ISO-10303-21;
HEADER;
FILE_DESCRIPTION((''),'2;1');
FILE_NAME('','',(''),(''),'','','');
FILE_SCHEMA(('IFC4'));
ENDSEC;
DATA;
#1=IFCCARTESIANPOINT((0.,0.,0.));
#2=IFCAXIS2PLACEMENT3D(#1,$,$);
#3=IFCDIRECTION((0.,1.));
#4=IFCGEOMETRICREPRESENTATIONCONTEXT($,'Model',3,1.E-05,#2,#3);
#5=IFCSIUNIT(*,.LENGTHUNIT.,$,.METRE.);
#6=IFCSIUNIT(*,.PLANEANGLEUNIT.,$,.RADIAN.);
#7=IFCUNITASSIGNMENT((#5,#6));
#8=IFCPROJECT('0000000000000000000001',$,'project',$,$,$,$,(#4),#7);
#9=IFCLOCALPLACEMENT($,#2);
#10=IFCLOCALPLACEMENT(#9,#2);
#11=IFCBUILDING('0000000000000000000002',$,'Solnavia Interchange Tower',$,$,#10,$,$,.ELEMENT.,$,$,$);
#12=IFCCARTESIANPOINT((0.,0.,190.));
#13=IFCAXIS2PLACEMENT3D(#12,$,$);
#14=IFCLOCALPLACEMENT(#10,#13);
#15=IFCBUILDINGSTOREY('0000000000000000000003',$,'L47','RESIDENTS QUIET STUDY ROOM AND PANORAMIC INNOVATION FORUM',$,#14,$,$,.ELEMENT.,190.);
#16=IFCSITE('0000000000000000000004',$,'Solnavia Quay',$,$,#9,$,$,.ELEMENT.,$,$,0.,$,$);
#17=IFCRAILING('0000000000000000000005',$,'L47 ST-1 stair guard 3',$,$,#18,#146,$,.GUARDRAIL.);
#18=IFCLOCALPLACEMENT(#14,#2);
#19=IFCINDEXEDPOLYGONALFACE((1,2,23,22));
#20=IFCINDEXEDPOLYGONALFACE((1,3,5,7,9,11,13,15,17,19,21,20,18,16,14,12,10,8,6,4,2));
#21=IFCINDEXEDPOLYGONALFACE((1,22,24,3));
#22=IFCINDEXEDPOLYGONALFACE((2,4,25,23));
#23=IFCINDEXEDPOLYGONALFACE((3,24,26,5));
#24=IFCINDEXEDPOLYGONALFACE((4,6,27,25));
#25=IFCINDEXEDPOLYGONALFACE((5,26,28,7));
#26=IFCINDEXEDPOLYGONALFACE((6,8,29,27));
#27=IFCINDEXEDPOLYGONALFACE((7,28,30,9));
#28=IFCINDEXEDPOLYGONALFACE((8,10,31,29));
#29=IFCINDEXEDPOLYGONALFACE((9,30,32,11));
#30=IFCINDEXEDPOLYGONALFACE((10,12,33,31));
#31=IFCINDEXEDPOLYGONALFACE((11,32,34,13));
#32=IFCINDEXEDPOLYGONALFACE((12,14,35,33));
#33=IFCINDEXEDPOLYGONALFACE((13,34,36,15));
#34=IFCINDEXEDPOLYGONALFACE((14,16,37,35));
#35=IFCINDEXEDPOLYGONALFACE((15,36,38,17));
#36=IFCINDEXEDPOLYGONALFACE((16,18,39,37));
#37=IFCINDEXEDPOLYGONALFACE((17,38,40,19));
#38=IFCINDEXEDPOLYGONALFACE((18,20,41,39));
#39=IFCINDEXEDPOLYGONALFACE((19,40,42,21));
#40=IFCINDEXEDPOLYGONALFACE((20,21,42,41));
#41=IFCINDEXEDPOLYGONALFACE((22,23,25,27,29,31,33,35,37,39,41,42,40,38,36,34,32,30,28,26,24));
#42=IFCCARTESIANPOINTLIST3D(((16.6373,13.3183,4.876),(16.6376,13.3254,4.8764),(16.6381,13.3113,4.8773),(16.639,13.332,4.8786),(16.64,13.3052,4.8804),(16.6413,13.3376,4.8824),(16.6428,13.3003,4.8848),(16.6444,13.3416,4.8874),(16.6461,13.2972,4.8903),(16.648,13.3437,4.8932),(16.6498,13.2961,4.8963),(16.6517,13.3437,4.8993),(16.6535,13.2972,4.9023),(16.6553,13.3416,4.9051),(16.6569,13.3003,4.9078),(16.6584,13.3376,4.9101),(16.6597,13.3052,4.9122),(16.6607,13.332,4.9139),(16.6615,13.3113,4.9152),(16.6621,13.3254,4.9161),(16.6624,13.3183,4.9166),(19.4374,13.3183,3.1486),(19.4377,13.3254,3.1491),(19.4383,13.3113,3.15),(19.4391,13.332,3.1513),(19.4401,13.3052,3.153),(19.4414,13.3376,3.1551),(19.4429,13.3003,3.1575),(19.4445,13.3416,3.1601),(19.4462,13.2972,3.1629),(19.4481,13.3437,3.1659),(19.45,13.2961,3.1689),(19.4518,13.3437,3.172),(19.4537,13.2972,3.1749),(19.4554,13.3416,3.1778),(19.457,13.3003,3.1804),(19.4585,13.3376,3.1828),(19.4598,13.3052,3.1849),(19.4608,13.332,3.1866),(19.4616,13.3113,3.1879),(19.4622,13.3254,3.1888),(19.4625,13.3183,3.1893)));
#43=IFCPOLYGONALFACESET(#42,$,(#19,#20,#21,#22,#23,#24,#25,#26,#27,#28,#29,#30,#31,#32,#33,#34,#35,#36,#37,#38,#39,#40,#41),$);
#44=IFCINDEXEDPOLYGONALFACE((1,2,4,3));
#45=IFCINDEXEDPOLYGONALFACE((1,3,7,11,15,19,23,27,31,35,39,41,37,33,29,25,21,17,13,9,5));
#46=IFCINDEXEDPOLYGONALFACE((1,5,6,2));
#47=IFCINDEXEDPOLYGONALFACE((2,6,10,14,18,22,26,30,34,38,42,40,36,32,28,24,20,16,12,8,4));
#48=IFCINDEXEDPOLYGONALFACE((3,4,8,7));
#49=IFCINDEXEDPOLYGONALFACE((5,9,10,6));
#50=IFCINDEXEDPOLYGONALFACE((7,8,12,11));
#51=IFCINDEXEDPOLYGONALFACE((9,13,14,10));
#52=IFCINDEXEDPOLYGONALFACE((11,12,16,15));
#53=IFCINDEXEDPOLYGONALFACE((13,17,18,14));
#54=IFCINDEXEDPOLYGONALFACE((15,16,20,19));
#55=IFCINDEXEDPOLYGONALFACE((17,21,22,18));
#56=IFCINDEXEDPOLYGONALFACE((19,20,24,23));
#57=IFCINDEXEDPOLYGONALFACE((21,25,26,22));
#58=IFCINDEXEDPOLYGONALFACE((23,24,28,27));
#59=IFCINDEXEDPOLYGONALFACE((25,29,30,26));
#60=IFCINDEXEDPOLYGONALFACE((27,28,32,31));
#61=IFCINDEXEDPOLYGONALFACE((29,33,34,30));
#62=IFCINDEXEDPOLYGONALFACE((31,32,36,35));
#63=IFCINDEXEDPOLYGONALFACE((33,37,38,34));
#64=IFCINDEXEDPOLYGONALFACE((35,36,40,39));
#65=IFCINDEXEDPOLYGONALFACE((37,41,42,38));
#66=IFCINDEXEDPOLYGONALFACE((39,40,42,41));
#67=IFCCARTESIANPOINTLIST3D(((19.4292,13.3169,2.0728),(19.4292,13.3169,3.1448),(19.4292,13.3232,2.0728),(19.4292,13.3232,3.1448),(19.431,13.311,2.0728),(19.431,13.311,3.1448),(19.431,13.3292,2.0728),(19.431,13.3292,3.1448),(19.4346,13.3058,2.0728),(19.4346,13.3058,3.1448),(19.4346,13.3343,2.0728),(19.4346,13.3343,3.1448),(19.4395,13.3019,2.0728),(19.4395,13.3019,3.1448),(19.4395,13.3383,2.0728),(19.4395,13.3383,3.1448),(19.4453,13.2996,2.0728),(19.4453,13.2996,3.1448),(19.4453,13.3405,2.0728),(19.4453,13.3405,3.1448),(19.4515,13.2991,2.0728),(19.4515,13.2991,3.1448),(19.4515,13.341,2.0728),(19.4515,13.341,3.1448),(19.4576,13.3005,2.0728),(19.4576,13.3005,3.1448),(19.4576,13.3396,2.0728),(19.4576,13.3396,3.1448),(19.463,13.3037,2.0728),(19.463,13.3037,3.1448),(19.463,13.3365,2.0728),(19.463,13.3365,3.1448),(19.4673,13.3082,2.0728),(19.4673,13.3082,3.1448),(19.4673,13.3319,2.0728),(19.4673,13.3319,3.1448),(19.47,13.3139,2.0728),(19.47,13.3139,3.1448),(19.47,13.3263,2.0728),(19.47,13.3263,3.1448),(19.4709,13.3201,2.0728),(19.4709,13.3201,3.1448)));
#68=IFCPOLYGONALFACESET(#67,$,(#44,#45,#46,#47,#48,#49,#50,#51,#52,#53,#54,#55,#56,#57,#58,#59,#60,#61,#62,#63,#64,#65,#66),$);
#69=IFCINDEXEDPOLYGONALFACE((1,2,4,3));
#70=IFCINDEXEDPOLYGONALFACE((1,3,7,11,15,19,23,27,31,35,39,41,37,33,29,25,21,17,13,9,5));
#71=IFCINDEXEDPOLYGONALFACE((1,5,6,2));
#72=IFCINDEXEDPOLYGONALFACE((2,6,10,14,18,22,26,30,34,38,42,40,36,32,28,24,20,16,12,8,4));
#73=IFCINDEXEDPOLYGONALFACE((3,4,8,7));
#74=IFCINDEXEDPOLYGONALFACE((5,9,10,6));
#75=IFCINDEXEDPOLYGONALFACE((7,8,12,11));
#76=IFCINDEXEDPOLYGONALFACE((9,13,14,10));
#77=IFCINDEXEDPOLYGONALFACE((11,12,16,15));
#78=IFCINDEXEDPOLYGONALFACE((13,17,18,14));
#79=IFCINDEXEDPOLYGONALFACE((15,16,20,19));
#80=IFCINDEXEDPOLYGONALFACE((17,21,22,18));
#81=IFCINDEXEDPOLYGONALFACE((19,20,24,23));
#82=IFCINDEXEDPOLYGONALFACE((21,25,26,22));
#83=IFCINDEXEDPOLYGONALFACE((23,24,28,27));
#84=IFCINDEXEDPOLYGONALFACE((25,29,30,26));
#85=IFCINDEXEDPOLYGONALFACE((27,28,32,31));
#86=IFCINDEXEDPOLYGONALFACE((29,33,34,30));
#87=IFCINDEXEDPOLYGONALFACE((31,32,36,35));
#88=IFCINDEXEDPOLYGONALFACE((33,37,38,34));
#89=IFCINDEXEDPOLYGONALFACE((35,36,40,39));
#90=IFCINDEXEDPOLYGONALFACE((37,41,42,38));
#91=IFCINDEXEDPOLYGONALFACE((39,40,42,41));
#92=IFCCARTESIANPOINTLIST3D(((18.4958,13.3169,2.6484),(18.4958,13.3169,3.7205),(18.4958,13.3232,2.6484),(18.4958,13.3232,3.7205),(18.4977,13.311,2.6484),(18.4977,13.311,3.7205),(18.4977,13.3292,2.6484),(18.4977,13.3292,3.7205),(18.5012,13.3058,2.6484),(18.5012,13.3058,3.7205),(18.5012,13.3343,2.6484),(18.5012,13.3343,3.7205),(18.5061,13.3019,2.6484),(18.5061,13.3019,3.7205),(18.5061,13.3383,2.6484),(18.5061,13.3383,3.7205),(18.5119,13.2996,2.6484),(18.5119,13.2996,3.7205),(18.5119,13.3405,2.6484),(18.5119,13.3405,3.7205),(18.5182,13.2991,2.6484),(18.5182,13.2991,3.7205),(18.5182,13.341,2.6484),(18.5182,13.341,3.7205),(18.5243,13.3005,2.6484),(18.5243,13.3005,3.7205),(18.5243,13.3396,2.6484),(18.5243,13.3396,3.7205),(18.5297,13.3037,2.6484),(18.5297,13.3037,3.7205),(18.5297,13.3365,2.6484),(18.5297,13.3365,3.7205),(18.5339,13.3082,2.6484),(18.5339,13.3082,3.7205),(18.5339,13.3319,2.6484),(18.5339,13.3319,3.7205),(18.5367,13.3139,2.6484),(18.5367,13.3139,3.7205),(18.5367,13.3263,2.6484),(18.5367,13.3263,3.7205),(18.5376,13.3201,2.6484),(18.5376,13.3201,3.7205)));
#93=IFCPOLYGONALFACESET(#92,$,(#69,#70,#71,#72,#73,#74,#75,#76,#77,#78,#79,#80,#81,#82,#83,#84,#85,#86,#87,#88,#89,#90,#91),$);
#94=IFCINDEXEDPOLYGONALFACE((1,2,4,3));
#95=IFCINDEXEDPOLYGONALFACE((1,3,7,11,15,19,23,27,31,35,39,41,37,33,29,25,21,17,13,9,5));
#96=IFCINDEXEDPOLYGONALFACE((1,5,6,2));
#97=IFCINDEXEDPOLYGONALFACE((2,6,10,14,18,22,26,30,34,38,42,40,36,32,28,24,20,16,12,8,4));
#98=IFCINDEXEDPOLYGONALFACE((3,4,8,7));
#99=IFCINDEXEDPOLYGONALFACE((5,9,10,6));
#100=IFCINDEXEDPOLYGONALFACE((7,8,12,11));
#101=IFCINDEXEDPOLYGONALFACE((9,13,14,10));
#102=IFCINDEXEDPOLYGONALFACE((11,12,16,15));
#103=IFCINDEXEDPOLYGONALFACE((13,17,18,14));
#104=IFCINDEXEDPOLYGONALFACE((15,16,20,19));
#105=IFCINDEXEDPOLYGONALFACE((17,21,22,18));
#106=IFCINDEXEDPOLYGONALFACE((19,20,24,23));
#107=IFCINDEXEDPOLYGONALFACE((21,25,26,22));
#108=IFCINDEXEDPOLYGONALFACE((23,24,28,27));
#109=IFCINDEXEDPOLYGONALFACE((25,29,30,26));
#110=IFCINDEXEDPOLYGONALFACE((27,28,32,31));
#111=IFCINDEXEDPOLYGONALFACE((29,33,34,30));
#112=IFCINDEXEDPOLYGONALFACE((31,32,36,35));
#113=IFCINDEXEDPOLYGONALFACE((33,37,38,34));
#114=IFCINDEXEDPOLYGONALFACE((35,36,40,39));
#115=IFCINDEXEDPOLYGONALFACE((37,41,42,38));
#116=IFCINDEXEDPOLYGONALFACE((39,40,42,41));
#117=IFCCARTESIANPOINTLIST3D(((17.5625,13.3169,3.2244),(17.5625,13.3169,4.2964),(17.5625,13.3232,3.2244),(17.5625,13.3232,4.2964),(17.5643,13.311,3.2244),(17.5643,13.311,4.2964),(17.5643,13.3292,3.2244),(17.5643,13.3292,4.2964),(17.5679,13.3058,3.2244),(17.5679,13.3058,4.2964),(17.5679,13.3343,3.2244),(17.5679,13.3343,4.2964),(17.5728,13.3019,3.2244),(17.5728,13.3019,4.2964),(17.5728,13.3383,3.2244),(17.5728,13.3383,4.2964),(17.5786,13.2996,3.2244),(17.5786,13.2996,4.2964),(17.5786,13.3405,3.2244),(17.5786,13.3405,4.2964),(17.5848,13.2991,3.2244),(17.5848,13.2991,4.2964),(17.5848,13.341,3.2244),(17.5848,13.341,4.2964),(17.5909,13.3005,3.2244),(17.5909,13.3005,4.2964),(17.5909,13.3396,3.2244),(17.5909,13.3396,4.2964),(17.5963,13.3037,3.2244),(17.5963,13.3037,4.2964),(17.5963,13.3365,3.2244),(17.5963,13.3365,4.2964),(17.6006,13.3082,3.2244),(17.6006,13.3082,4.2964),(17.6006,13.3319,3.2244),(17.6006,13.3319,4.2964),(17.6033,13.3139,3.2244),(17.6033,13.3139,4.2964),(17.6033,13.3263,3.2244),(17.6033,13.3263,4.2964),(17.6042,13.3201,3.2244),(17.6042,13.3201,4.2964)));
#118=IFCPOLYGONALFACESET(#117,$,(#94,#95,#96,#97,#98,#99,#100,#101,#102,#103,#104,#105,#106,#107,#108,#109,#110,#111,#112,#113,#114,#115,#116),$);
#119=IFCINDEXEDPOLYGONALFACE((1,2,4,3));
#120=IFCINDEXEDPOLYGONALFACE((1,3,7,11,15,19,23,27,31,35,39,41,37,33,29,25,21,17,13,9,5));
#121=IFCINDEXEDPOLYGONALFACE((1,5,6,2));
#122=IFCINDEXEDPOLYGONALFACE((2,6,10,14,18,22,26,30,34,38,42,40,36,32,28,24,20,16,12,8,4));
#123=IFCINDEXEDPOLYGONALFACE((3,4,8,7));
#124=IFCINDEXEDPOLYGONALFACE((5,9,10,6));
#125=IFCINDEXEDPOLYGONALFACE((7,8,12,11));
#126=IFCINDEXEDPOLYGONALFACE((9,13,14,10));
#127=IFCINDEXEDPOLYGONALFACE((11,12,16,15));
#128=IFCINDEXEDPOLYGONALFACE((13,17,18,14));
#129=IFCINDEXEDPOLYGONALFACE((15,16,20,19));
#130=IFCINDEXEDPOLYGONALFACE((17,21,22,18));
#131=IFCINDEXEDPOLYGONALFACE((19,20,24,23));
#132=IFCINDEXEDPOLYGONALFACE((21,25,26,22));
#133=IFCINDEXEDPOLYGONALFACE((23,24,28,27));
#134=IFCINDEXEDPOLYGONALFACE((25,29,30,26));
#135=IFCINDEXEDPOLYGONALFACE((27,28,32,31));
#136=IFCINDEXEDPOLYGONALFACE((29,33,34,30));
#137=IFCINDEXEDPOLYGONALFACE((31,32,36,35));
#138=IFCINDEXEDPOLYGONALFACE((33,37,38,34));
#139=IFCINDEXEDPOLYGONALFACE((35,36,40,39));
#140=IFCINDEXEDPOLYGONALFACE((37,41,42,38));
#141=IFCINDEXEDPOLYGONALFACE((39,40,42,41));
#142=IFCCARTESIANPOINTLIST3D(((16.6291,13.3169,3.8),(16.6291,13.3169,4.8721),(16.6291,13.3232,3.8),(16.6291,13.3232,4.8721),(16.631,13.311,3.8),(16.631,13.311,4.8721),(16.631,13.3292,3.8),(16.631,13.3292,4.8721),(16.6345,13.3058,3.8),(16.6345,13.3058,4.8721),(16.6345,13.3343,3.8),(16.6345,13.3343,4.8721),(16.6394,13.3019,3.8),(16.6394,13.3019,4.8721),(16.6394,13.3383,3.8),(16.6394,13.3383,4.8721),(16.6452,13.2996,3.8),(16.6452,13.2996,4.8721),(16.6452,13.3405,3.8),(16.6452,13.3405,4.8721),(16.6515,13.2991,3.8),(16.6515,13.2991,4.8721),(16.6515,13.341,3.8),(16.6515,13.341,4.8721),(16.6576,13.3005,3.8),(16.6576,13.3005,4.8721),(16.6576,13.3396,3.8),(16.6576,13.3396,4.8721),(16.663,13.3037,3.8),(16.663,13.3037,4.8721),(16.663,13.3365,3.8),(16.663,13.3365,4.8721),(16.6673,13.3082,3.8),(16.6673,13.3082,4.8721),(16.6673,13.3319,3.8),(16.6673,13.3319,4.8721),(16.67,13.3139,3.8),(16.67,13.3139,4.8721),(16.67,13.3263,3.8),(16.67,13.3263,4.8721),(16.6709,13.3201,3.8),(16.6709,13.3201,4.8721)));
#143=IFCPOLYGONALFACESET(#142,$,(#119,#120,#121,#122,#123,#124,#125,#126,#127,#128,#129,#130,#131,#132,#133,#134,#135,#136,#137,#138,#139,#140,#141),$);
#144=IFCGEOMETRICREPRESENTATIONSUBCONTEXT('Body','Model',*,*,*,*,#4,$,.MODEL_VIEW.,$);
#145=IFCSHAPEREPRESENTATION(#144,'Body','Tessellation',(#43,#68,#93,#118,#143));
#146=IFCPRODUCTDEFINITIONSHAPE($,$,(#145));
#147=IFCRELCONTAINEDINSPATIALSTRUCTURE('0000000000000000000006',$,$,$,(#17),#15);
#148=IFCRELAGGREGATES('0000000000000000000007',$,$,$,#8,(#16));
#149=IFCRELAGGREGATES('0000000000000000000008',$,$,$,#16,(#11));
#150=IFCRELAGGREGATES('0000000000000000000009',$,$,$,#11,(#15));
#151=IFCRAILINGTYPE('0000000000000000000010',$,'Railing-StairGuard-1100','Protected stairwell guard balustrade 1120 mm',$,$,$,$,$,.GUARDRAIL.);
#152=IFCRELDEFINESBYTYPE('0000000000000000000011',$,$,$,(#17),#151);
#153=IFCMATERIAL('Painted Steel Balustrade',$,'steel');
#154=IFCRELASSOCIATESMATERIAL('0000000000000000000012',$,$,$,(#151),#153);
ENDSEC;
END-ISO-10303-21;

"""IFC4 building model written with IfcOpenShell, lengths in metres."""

from ifc_helpers import new_model, si_unit, direction, frame, origin, origin_2d, place, context, subcontext, project, spatial, circle, extrude, material, type_object, element, save


model = new_model("IFC4")

# Units and contexts
model_context = context("Model", 3, precision=1e-05, world=origin(), true_north=direction((0.0, 1.0)))
body_context = subcontext(model_context, "Body", "Model", "MODEL_VIEW")
ifc_project = project(units=[si_unit("LENGTHUNIT", "METRE"), si_unit("PLANEANGLEUNIT", "RADIAN")], contexts=[model_context])

# Site, building, storey
site_placement = place(None, origin())
site = spatial("IfcSite", under=ifc_project, at=site_placement, Name="Solnavia Quay", CompositionType="ELEMENT", RefElevation=0.0)
building_placement = place(site_placement, origin())
building = spatial("IfcBuilding", under=site, at=building_placement, Name="Solnavia Interchange Tower", CompositionType="ELEMENT")
storey_placement = place(building_placement, frame((0.0, 0.0, 190.0)))
storey = spatial("IfcBuildingStorey", under=building, at=storey_placement, Name="L47", Description="RESIDENTS QUIET STUDY ROOM AND PANORAMIC INNOVATION FORUM", CompositionType="ELEMENT", Elevation=190.0)

# Railing
ifc_material_1 = material(Name="Painted Steel Balustrade", Category="steel")
railing_type_1 = type_object("IfcRailingType", Name="Railing-StairGuard-1100", Description="Protected stairwell guard balustrade 1120 mm", PredefinedType="GUARDRAIL", material=ifc_material_1)
railing_1_placement = place(storey_placement, frame((19.45, 13.3201, 2.0728)))
element("IfcRailing", 1, at=railing_1_placement, inside=storey, type_object=railing_type_1, Name="L47 ST-1 stair guard 3", PredefinedType="GUARDRAIL", context=body_context, shape_type="SweptSolid", body=[
    extrude(circle(Radius=0.0239, at=origin_2d()), frame((0.0, 0.0, 1.0962), z_axis=(-0.85109, 0.0, 0.52502), x_axis=(0.0, -1.0, 0.0)), (0.0, 0.0, 1.0), 3.29),
    extrude(circle(Radius=0.021, at=origin_2d()), origin(), (0.0, 0.0, 1.0), 1.072),
    extrude(circle(Radius=0.021, at=origin_2d()), frame((-0.9333, 0.0, 0.5757)), (0.0, 0.0, 1.0), 1.072),
    extrude(circle(Radius=0.021, at=origin_2d()), frame((-1.8667, 0.0, 1.1516)), (0.0, 0.0, 1.0), 1.072),
    extrude(circle(Radius=0.021, at=origin_2d()), frame((-2.8, 0.0, 1.7273)), (0.0, 0.0, 1.0), 1.072),
])

save(model, "model.ifc")
